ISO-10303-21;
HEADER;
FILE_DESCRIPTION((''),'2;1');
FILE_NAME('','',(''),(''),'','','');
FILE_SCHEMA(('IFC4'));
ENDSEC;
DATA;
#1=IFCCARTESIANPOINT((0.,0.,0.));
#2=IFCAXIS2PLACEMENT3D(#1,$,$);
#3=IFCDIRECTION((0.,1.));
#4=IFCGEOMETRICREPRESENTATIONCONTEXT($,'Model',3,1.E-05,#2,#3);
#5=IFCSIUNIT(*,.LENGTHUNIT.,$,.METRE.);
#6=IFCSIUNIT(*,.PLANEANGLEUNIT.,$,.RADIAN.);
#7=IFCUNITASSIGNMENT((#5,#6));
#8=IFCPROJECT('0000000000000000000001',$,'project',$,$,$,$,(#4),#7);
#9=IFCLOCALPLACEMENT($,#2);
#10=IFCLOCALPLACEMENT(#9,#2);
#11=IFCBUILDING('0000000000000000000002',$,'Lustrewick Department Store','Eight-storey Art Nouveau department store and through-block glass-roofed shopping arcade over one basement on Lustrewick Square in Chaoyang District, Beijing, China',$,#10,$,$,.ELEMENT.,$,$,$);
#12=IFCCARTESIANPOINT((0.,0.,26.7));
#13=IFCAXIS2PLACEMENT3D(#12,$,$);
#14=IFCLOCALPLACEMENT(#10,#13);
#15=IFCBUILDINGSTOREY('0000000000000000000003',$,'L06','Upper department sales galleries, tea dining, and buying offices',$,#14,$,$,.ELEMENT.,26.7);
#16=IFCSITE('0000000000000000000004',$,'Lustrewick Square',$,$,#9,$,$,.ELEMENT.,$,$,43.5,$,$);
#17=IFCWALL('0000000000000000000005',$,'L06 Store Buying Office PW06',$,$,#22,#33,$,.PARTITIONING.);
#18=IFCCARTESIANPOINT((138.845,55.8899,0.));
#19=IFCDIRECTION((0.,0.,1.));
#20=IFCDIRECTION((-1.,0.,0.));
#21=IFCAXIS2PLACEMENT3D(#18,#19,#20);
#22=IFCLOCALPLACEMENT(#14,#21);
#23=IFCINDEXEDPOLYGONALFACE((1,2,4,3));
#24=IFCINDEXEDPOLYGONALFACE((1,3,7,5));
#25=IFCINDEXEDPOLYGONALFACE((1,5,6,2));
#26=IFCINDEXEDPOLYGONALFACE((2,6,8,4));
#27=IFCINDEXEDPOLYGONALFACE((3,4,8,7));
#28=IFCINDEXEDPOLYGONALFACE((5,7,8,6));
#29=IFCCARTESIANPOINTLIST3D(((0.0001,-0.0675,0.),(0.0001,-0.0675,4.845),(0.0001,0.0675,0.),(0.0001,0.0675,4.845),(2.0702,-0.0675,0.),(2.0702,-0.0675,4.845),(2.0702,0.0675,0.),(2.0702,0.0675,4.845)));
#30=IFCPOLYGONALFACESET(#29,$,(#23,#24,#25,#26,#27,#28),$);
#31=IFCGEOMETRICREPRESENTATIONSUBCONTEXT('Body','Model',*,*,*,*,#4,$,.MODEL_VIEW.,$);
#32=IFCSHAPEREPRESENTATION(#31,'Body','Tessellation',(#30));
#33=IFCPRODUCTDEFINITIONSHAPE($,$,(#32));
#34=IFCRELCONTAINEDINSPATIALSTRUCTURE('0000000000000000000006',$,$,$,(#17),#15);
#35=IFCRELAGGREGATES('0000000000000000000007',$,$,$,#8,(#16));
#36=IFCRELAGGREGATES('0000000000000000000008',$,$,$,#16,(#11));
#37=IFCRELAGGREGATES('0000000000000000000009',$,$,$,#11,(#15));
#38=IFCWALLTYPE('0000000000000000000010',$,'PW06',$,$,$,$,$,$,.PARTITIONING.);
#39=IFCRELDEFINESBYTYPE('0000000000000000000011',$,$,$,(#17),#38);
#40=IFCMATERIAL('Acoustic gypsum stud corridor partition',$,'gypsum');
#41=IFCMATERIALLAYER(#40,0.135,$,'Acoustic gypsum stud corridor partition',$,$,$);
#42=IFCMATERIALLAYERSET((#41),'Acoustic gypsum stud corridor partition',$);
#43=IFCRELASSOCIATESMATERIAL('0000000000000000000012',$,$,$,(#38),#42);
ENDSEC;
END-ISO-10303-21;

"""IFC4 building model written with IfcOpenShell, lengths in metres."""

from ifc_helpers import new_model, si_unit, direction, frame, frame_2d, origin, place, context, subcontext, project, spatial, rectangle, extrude, material, layer, layer_set, type_object, element, save


model = new_model("IFC4")

# Units and contexts
model_context = context("Model", 3, precision=1e-05, world=origin(), true_north=direction((0.0, 1.0)))
body_context = subcontext(model_context, "Body", "Model", "MODEL_VIEW")
ifc_project = project(units=[si_unit("LENGTHUNIT", "METRE"), si_unit("PLANEANGLEUNIT", "RADIAN")], contexts=[model_context])

# Site, building, storey
site_placement = place(None, origin())
site = spatial("IfcSite", under=ifc_project, at=site_placement, Name="Lustrewick Square", CompositionType="ELEMENT", RefElevation=43.5)
building_placement = place(site_placement, origin())
building = spatial("IfcBuilding", under=site, at=building_placement, Name="Lustrewick Department Store", Description="Eight-storey Art Nouveau department store and through-block glass-roofed shopping arcade over one basement on Lustrewick Square in Chaoyang District, Beijing, China", CompositionType="ELEMENT")
storey_placement = place(building_placement, frame((0.0, 0.0, 26.7)))
storey = spatial("IfcBuildingStorey", under=building, at=storey_placement, Name="L06", Description="Upper department sales galleries, tea dining, and buying offices", CompositionType="ELEMENT", Elevation=26.7)

# Wall
ifc_material_1 = material(Name="Acoustic gypsum stud corridor partition", Category="gypsum")
ifc_layer_1 = layer(ifc_material_1, 0.135, Name="Acoustic gypsum stud corridor partition")
ifc_layer_set_1 = layer_set([ifc_layer_1], Name="Acoustic gypsum stud corridor partition")
wall_type_1 = type_object("IfcWallType", Name="PW06", PredefinedType="PARTITIONING", material=ifc_layer_set_1)
wall_1_placement = place(storey_placement, frame((138.845, 55.8899, 0.0), z_axis=(0.0, 0.0, 1.0), x_axis=(-1.0, 0.0, 0.0)))
element("IfcWall", 1, at=wall_1_placement, inside=storey, type_object=wall_type_1, Name="L06 Store Buying Office PW06", PredefinedType="PARTITIONING", context=body_context, shape_type="SweptSolid", body=[
    extrude(rectangle(XDim=2.0701, YDim=0.135, at=frame_2d((1.0352, 0.0))), origin(), (0.0, 0.0, 1.0), 4.845),
])

save(model, "model.ifc")
